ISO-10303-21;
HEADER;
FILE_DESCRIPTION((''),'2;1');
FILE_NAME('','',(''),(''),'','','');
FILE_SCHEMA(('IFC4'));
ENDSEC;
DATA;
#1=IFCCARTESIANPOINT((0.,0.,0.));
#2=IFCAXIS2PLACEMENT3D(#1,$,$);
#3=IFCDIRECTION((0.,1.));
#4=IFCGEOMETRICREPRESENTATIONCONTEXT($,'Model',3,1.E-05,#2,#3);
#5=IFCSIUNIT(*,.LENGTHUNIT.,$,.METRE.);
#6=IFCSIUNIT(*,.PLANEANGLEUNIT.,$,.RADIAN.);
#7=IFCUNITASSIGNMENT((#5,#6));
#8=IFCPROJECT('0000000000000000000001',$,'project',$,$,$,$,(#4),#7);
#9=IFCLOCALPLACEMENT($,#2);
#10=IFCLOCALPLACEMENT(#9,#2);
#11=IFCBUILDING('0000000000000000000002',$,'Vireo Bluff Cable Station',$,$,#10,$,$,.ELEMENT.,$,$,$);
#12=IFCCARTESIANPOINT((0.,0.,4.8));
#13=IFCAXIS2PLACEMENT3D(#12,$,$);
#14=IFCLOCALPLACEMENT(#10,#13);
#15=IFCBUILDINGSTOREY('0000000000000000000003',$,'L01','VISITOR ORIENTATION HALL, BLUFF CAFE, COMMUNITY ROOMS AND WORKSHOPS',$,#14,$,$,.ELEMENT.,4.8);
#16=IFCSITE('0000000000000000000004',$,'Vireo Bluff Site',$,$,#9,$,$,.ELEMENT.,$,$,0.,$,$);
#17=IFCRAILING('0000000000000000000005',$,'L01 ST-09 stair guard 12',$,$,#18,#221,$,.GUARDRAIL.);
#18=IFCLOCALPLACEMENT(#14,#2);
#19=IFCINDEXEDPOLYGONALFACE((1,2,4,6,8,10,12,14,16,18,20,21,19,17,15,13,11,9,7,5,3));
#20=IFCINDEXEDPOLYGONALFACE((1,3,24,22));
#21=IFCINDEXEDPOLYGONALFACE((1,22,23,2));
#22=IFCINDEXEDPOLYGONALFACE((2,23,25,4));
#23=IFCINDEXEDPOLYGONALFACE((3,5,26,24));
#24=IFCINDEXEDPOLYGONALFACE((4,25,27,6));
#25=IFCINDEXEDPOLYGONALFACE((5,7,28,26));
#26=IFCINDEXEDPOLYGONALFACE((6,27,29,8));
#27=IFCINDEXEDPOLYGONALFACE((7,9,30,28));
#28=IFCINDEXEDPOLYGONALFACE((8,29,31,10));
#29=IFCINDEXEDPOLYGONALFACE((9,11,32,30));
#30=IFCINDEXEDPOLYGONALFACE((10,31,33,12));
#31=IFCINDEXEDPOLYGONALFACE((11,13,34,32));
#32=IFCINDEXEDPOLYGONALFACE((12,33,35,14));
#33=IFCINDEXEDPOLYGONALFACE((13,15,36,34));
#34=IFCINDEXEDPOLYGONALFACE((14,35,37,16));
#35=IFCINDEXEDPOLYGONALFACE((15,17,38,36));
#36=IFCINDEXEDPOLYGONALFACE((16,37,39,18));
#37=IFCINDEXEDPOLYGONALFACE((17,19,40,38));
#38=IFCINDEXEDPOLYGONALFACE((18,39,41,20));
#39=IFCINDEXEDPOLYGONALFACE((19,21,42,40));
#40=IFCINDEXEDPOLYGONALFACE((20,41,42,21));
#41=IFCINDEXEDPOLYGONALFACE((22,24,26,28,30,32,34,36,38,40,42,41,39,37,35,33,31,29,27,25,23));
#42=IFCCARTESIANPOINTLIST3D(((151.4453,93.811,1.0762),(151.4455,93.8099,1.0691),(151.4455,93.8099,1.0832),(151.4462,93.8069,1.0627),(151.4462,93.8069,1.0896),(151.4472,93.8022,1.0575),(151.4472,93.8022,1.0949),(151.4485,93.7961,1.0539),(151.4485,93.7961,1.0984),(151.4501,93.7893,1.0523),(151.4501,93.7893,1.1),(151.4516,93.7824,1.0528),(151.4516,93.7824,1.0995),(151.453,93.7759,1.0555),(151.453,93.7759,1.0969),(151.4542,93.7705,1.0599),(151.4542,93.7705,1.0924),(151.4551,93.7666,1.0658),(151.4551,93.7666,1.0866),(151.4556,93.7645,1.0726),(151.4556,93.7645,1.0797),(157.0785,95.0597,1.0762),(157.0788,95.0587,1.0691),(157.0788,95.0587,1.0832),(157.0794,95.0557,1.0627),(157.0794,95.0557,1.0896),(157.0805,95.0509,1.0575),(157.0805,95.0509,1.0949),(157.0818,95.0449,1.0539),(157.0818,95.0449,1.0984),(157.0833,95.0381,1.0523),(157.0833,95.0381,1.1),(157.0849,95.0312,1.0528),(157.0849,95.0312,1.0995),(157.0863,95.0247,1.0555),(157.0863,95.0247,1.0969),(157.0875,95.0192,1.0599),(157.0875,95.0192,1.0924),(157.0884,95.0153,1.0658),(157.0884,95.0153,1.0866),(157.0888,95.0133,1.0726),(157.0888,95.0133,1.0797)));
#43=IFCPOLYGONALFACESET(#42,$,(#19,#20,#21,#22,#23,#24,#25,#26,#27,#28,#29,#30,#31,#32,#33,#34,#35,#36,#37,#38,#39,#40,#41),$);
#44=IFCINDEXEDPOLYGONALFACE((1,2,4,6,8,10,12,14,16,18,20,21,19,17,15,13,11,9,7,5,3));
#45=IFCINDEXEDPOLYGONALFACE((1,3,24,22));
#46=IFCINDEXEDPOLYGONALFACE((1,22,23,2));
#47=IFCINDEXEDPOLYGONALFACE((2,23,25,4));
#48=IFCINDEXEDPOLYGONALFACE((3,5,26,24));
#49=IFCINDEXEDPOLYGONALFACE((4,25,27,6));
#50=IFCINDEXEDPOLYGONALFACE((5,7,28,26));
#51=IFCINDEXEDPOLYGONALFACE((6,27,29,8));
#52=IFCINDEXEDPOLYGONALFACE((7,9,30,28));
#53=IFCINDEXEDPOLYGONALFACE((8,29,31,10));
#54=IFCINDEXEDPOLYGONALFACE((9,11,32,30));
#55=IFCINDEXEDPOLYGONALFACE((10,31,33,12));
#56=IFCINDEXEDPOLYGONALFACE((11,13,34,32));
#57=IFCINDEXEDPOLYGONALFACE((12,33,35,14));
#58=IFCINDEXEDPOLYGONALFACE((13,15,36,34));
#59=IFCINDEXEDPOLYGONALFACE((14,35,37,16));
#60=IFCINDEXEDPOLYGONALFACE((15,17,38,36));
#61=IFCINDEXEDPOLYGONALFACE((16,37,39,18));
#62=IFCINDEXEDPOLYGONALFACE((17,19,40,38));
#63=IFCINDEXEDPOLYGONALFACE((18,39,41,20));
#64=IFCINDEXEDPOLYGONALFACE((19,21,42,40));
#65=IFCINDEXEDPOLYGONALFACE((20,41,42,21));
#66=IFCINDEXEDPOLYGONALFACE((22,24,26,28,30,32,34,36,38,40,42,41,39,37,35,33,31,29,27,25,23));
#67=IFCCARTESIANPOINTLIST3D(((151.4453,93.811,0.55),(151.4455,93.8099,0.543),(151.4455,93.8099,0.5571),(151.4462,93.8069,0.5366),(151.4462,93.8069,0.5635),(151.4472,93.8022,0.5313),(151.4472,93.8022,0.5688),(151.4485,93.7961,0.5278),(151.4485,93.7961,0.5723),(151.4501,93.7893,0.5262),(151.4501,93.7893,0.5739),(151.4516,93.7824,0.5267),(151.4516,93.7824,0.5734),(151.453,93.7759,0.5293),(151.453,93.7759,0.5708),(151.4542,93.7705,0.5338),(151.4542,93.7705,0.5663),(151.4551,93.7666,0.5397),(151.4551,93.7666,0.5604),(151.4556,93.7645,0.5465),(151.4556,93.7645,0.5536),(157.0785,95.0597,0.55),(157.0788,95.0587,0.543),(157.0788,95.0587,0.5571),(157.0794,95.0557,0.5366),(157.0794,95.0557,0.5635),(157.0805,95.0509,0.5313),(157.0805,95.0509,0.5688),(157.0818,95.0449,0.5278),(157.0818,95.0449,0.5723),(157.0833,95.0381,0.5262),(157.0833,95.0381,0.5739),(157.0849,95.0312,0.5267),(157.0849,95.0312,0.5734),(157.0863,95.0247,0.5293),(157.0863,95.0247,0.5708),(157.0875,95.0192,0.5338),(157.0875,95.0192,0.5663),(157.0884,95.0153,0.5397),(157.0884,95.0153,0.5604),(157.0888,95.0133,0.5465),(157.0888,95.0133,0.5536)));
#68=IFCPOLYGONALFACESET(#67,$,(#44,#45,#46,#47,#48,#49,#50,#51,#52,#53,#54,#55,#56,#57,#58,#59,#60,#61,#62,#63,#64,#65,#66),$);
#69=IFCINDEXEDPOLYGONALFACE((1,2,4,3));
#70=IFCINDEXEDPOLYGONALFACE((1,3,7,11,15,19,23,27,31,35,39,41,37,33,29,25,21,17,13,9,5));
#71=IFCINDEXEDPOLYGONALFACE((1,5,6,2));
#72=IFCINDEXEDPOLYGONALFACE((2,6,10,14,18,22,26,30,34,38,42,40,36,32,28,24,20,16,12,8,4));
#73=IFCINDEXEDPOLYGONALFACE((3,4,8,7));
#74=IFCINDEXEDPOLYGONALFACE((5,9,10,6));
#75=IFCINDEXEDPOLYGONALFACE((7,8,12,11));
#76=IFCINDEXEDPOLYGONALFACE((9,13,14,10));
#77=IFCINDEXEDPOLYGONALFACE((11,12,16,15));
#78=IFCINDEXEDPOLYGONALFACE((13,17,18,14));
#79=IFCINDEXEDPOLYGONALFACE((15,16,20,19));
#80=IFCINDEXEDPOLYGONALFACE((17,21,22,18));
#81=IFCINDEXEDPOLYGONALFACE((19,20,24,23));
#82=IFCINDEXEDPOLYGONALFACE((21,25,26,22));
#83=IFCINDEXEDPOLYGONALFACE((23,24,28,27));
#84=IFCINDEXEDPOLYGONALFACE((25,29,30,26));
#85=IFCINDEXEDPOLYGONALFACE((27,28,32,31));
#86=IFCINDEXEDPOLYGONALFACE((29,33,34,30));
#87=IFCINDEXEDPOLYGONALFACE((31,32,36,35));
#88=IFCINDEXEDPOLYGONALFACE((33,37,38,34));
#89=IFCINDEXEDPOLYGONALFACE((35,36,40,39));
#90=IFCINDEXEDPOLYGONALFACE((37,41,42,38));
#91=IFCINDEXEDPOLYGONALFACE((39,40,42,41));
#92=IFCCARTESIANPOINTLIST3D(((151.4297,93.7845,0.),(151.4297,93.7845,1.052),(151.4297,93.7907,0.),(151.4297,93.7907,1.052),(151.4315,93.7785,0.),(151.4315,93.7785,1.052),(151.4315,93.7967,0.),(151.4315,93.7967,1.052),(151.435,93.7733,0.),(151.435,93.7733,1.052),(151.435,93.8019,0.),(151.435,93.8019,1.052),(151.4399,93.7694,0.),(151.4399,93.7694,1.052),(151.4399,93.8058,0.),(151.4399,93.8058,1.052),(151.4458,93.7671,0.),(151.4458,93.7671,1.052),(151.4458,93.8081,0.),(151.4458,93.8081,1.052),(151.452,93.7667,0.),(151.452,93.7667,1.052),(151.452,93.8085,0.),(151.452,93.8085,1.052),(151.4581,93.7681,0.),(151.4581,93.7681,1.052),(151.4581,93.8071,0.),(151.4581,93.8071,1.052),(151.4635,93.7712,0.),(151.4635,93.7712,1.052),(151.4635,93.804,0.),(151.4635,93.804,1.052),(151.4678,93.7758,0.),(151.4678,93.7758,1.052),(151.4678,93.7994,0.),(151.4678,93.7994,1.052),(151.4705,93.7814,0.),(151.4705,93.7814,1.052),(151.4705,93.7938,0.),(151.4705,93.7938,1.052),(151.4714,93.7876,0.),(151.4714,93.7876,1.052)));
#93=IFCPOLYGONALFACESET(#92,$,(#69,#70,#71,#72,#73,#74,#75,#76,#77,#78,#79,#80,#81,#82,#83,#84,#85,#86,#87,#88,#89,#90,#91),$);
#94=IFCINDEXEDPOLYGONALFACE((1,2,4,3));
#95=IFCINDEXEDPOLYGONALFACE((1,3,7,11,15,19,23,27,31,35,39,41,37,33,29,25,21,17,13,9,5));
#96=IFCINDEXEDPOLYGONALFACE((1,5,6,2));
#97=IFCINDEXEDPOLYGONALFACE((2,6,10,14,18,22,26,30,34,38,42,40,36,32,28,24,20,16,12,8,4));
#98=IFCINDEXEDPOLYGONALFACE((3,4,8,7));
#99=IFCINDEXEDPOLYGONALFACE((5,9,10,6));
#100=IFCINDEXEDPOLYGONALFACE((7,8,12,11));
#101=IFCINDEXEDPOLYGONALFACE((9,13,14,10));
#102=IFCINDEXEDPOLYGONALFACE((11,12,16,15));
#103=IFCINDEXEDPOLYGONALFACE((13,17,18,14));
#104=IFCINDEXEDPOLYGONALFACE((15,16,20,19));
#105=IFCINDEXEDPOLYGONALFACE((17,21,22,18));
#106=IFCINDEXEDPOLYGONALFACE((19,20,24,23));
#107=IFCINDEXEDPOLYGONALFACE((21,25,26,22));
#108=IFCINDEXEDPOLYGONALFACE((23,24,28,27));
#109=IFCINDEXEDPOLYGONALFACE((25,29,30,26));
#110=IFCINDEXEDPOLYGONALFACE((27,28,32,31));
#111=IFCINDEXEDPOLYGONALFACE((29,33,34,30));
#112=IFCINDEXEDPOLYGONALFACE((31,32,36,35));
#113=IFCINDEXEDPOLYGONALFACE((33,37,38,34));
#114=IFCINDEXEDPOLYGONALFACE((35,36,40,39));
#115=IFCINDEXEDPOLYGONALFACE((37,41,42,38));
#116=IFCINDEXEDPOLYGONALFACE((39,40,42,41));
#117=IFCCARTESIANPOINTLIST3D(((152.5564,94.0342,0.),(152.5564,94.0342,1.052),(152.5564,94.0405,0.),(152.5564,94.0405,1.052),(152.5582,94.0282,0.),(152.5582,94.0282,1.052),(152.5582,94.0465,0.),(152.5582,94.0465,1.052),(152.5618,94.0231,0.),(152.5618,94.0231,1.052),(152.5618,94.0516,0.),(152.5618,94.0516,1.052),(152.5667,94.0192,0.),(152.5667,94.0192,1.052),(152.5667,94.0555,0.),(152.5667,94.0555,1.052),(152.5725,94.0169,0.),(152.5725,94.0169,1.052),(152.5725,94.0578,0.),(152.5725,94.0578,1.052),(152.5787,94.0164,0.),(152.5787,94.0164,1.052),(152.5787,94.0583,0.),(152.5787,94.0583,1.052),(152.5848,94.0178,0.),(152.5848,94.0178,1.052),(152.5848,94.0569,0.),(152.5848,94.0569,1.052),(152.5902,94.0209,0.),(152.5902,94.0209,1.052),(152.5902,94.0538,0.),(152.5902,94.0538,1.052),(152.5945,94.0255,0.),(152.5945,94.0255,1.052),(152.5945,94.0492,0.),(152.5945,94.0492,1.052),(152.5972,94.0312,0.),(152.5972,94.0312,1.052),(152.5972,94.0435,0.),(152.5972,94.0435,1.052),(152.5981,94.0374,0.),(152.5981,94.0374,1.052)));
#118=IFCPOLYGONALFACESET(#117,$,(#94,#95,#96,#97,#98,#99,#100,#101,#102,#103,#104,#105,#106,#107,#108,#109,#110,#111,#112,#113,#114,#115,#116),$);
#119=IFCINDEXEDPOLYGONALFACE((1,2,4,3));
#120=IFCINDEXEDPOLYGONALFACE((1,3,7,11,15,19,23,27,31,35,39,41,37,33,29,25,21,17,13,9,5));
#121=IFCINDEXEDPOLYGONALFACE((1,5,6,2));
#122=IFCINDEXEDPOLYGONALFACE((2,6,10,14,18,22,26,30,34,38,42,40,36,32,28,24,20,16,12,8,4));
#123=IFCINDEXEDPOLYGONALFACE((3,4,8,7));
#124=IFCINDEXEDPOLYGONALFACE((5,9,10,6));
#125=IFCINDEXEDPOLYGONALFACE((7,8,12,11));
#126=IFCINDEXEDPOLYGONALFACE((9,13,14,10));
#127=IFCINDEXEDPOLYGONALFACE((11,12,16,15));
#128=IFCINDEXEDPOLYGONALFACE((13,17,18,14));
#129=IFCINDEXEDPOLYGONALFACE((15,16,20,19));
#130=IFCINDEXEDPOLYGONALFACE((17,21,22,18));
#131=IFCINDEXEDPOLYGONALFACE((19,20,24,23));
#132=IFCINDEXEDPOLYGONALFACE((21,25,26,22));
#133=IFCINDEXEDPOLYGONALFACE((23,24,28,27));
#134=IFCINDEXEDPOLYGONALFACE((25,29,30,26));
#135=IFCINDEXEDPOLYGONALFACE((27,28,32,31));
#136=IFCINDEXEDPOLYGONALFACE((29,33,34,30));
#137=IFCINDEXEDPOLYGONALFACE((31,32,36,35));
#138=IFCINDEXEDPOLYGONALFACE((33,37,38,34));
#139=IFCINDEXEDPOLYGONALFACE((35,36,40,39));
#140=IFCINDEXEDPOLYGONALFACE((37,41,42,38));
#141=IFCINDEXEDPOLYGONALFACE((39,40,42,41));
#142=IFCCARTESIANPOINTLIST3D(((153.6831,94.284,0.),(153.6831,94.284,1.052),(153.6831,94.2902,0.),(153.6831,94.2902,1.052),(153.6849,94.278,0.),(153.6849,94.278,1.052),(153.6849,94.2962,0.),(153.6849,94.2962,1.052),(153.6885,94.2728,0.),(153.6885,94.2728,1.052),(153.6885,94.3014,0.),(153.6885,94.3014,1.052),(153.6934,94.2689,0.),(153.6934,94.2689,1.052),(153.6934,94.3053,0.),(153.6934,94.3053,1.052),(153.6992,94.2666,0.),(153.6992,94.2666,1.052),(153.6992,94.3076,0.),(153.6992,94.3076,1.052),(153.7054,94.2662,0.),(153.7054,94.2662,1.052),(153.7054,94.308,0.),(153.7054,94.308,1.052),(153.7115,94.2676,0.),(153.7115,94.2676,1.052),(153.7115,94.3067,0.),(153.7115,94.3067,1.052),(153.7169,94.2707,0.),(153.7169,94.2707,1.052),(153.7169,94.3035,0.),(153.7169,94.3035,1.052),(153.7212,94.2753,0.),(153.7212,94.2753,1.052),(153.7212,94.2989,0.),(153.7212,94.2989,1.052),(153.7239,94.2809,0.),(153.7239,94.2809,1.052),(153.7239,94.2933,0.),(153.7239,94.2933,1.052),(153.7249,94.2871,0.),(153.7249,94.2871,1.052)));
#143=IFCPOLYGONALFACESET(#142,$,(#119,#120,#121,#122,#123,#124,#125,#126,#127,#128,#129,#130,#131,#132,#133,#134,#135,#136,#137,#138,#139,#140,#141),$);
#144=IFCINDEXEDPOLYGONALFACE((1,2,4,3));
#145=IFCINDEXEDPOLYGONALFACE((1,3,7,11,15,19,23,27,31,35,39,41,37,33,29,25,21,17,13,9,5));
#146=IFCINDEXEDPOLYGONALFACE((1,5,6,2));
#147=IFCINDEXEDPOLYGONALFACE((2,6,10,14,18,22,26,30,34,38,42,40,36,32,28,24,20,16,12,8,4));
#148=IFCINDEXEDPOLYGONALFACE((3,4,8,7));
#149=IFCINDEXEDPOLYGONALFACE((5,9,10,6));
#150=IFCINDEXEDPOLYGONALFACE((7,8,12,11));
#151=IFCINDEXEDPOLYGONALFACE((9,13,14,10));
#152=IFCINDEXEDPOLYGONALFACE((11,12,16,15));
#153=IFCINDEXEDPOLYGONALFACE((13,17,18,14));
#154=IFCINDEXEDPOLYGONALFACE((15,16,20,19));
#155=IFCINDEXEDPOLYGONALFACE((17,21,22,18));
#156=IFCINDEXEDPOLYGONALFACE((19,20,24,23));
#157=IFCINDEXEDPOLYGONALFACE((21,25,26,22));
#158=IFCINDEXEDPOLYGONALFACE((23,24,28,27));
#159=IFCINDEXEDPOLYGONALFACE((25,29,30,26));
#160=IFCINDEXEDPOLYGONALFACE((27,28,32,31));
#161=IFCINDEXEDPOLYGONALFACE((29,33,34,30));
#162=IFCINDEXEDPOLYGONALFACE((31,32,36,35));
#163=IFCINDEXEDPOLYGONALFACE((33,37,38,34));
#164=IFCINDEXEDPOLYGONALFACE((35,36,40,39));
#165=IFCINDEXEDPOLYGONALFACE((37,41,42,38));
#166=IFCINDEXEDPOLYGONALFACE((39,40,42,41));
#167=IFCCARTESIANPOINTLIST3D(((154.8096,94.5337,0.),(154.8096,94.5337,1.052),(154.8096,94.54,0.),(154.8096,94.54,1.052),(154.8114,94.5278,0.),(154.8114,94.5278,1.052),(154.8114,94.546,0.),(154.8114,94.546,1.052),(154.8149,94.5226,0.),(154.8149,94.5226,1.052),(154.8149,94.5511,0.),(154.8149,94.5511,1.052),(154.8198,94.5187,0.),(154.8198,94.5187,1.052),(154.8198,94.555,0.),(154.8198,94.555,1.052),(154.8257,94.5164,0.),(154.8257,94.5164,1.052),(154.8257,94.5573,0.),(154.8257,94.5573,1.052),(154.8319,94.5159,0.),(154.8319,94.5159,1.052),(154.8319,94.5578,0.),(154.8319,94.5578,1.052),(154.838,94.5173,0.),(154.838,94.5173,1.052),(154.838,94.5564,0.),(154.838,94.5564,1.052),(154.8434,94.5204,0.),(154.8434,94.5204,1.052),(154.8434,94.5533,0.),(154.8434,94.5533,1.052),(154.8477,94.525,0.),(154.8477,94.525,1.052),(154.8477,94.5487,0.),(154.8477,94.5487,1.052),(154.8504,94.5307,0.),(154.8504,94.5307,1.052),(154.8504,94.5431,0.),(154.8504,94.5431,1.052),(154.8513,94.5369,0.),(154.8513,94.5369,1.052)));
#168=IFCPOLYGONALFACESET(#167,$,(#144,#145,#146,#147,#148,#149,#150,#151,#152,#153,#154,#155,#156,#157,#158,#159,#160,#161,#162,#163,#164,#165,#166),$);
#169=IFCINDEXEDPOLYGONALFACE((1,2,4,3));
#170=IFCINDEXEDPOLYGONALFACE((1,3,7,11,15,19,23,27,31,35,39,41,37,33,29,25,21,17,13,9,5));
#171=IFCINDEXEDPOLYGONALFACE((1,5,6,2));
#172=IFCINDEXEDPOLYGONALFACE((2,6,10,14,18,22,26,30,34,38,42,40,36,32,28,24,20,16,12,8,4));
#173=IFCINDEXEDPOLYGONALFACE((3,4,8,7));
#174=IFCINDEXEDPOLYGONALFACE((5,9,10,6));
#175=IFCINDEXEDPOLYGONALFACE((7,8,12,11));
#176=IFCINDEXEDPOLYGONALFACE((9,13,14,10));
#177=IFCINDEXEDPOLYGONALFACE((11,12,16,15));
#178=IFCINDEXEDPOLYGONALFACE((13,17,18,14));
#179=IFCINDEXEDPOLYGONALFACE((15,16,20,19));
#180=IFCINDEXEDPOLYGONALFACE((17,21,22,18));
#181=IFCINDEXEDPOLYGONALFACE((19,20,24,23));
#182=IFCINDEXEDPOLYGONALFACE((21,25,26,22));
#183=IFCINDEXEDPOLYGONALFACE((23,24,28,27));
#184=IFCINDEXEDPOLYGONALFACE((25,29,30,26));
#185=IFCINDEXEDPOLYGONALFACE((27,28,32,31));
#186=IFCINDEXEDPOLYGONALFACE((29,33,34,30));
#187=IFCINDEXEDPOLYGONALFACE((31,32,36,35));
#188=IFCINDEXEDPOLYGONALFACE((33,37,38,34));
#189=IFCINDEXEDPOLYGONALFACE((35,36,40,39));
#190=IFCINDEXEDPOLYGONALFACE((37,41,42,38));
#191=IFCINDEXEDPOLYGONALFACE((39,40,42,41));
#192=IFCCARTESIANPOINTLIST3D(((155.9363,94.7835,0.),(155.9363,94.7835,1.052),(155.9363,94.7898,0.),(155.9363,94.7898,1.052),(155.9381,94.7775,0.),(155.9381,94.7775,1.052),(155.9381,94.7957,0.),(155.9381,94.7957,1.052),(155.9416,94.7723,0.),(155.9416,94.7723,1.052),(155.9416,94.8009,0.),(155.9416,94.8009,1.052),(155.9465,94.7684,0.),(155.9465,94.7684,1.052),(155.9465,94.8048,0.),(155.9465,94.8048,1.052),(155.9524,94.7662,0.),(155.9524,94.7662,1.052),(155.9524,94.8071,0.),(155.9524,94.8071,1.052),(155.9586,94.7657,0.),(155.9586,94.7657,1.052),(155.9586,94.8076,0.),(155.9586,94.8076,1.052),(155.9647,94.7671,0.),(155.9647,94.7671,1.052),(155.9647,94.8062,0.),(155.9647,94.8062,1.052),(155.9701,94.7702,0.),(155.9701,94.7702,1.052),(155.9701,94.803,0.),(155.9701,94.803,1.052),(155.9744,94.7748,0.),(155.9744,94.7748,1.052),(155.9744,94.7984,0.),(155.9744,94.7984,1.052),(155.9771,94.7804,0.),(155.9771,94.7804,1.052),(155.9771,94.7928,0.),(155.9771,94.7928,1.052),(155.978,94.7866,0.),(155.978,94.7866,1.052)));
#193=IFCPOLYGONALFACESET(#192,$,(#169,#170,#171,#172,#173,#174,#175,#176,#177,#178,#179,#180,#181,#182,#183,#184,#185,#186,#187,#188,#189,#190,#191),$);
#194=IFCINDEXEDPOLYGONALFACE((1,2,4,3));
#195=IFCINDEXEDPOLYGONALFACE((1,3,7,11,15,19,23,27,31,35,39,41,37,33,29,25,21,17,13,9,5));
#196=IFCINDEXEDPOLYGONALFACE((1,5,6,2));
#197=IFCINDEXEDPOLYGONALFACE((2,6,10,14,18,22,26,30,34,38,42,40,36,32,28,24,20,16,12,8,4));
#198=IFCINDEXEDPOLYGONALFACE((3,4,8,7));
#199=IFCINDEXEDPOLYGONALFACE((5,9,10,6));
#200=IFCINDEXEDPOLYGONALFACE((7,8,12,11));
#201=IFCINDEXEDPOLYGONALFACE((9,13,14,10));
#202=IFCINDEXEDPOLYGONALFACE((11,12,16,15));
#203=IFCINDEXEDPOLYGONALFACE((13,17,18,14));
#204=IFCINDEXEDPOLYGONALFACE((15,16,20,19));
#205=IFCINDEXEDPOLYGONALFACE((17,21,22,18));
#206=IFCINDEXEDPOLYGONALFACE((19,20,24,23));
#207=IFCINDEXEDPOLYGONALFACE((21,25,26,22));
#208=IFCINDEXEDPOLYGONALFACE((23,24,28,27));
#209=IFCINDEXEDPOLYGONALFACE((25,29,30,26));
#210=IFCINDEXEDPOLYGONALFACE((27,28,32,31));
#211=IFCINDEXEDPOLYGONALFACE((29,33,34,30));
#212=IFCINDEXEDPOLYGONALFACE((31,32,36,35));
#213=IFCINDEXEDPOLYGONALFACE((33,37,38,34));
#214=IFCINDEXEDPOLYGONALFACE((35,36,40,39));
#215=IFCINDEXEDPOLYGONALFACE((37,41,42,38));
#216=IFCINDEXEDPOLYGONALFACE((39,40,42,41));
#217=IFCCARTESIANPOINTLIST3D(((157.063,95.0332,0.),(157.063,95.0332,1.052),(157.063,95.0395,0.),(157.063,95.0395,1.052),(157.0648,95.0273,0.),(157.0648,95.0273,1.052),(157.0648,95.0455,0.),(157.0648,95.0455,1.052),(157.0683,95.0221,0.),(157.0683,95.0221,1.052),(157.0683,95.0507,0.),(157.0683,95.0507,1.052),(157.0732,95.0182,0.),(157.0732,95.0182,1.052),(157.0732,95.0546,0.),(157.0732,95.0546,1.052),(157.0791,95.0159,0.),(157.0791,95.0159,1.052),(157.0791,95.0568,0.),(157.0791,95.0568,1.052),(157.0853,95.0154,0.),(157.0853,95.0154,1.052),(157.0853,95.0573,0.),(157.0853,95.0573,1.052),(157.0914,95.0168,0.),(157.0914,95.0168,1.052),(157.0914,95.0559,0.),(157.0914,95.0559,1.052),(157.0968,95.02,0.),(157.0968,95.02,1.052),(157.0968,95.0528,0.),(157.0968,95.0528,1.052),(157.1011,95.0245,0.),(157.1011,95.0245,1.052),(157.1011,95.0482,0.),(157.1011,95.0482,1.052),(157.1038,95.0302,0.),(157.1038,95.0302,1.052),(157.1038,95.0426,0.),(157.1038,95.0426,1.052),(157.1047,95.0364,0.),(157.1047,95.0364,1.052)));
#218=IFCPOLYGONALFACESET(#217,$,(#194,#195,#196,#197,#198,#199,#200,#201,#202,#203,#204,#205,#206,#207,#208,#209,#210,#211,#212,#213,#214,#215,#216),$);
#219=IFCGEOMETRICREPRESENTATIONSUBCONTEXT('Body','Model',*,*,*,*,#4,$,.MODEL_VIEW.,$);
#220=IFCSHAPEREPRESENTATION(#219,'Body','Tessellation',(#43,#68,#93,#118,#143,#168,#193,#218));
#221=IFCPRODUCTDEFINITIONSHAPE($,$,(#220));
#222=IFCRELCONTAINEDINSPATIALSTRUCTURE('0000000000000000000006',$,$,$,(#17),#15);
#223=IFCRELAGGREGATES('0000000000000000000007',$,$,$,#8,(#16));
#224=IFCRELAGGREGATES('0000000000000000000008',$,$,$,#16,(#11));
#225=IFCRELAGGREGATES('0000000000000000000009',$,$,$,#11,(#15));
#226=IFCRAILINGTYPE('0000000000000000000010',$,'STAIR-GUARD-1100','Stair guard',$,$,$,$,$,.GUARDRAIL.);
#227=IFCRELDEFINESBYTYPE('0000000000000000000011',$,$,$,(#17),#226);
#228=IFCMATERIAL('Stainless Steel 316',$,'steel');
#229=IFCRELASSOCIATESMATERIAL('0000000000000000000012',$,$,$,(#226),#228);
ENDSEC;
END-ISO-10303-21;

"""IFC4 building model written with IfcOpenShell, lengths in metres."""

from ifc_helpers import new_model, si_unit, direction, frame, origin, origin_2d, place, context, subcontext, project, spatial, circle, extrude, material, type_object, element, save


model = new_model("IFC4")

# Units and contexts
model_context = context("Model", 3, precision=1e-05, world=origin(), true_north=direction((0.0, 1.0)))
body_context = subcontext(model_context, "Body", "Model", "MODEL_VIEW")
ifc_project = project(units=[si_unit("LENGTHUNIT", "METRE"), si_unit("PLANEANGLEUNIT", "RADIAN")], contexts=[model_context])

# Site, building, storey
site_placement = place(None, origin())
site = spatial("IfcSite", under=ifc_project, at=site_placement, Name="Vireo Bluff Site", CompositionType="ELEMENT", RefElevation=0.0)
building_placement = place(site_placement, origin())
building = spatial("IfcBuilding", under=site, at=building_placement, Name="Vireo Bluff Cable Station", CompositionType="ELEMENT")
storey_placement = place(building_placement, frame((0.0, 0.0, 4.8)))
storey = spatial("IfcBuildingStorey", under=building, at=storey_placement, Name="L01", Description="VISITOR ORIENTATION HALL, BLUFF CAFE, COMMUNITY ROOMS AND WORKSHOPS", CompositionType="ELEMENT", Elevation=4.8)

# Railing
ifc_material_1 = material(Name="Stainless Steel 316", Category="steel")
railing_type_1 = type_object("IfcRailingType", Name="STAIR-GUARD-1100", Description="Stair guard", PredefinedType="GUARDRAIL", material=ifc_material_1)
railing_1_placement = place(storey_placement, frame((151.4504, 93.7876, 0.0)))
element("IfcRailing", 1, at=railing_1_placement, inside=storey, type_object=railing_type_1, Name="L01 ST-09 stair guard 12", PredefinedType="GUARDRAIL", context=body_context, shape_type="SweptSolid", body=[
    extrude(circle(Radius=0.0239, at=origin_2d()), frame((0.0, 0.0, 1.0762), z_axis=(0.976299, 0.216424, 0.0), x_axis=(-0.216424, 0.976299, 0.0)), (0.0, 0.0, 1.0), 5.77),
    extrude(circle(Radius=0.0239, at=origin_2d()), frame((0.0, 0.0, 0.55), z_axis=(0.976299, 0.216424, 0.0), x_axis=(-0.216424, 0.976299, 0.0)), (0.0, 0.0, 1.0), 5.77),
    extrude(circle(Radius=0.021, at=origin_2d()), origin(), (0.0, 0.0, 1.0), 1.052),
    extrude(circle(Radius=0.021, at=origin_2d()), frame((1.1267, 0.2498, 0.0)), (0.0, 0.0, 1.0), 1.052),
    extrude(circle(Radius=0.021, at=origin_2d()), frame((2.2534, 0.4995, 0.0)), (0.0, 0.0, 1.0), 1.052),
    extrude(circle(Radius=0.021, at=origin_2d()), frame((3.3799, 0.7493, 0.0)), (0.0, 0.0, 1.0), 1.052),
    extrude(circle(Radius=0.021, at=origin_2d()), frame((4.5066, 0.999, 0.0)), (0.0, 0.0, 1.0), 1.052),
    extrude(circle(Radius=0.021, at=origin_2d()), frame((5.6333, 1.2488, 0.0)), (0.0, 0.0, 1.0), 1.052),
])

save(model, "model.ifc")
